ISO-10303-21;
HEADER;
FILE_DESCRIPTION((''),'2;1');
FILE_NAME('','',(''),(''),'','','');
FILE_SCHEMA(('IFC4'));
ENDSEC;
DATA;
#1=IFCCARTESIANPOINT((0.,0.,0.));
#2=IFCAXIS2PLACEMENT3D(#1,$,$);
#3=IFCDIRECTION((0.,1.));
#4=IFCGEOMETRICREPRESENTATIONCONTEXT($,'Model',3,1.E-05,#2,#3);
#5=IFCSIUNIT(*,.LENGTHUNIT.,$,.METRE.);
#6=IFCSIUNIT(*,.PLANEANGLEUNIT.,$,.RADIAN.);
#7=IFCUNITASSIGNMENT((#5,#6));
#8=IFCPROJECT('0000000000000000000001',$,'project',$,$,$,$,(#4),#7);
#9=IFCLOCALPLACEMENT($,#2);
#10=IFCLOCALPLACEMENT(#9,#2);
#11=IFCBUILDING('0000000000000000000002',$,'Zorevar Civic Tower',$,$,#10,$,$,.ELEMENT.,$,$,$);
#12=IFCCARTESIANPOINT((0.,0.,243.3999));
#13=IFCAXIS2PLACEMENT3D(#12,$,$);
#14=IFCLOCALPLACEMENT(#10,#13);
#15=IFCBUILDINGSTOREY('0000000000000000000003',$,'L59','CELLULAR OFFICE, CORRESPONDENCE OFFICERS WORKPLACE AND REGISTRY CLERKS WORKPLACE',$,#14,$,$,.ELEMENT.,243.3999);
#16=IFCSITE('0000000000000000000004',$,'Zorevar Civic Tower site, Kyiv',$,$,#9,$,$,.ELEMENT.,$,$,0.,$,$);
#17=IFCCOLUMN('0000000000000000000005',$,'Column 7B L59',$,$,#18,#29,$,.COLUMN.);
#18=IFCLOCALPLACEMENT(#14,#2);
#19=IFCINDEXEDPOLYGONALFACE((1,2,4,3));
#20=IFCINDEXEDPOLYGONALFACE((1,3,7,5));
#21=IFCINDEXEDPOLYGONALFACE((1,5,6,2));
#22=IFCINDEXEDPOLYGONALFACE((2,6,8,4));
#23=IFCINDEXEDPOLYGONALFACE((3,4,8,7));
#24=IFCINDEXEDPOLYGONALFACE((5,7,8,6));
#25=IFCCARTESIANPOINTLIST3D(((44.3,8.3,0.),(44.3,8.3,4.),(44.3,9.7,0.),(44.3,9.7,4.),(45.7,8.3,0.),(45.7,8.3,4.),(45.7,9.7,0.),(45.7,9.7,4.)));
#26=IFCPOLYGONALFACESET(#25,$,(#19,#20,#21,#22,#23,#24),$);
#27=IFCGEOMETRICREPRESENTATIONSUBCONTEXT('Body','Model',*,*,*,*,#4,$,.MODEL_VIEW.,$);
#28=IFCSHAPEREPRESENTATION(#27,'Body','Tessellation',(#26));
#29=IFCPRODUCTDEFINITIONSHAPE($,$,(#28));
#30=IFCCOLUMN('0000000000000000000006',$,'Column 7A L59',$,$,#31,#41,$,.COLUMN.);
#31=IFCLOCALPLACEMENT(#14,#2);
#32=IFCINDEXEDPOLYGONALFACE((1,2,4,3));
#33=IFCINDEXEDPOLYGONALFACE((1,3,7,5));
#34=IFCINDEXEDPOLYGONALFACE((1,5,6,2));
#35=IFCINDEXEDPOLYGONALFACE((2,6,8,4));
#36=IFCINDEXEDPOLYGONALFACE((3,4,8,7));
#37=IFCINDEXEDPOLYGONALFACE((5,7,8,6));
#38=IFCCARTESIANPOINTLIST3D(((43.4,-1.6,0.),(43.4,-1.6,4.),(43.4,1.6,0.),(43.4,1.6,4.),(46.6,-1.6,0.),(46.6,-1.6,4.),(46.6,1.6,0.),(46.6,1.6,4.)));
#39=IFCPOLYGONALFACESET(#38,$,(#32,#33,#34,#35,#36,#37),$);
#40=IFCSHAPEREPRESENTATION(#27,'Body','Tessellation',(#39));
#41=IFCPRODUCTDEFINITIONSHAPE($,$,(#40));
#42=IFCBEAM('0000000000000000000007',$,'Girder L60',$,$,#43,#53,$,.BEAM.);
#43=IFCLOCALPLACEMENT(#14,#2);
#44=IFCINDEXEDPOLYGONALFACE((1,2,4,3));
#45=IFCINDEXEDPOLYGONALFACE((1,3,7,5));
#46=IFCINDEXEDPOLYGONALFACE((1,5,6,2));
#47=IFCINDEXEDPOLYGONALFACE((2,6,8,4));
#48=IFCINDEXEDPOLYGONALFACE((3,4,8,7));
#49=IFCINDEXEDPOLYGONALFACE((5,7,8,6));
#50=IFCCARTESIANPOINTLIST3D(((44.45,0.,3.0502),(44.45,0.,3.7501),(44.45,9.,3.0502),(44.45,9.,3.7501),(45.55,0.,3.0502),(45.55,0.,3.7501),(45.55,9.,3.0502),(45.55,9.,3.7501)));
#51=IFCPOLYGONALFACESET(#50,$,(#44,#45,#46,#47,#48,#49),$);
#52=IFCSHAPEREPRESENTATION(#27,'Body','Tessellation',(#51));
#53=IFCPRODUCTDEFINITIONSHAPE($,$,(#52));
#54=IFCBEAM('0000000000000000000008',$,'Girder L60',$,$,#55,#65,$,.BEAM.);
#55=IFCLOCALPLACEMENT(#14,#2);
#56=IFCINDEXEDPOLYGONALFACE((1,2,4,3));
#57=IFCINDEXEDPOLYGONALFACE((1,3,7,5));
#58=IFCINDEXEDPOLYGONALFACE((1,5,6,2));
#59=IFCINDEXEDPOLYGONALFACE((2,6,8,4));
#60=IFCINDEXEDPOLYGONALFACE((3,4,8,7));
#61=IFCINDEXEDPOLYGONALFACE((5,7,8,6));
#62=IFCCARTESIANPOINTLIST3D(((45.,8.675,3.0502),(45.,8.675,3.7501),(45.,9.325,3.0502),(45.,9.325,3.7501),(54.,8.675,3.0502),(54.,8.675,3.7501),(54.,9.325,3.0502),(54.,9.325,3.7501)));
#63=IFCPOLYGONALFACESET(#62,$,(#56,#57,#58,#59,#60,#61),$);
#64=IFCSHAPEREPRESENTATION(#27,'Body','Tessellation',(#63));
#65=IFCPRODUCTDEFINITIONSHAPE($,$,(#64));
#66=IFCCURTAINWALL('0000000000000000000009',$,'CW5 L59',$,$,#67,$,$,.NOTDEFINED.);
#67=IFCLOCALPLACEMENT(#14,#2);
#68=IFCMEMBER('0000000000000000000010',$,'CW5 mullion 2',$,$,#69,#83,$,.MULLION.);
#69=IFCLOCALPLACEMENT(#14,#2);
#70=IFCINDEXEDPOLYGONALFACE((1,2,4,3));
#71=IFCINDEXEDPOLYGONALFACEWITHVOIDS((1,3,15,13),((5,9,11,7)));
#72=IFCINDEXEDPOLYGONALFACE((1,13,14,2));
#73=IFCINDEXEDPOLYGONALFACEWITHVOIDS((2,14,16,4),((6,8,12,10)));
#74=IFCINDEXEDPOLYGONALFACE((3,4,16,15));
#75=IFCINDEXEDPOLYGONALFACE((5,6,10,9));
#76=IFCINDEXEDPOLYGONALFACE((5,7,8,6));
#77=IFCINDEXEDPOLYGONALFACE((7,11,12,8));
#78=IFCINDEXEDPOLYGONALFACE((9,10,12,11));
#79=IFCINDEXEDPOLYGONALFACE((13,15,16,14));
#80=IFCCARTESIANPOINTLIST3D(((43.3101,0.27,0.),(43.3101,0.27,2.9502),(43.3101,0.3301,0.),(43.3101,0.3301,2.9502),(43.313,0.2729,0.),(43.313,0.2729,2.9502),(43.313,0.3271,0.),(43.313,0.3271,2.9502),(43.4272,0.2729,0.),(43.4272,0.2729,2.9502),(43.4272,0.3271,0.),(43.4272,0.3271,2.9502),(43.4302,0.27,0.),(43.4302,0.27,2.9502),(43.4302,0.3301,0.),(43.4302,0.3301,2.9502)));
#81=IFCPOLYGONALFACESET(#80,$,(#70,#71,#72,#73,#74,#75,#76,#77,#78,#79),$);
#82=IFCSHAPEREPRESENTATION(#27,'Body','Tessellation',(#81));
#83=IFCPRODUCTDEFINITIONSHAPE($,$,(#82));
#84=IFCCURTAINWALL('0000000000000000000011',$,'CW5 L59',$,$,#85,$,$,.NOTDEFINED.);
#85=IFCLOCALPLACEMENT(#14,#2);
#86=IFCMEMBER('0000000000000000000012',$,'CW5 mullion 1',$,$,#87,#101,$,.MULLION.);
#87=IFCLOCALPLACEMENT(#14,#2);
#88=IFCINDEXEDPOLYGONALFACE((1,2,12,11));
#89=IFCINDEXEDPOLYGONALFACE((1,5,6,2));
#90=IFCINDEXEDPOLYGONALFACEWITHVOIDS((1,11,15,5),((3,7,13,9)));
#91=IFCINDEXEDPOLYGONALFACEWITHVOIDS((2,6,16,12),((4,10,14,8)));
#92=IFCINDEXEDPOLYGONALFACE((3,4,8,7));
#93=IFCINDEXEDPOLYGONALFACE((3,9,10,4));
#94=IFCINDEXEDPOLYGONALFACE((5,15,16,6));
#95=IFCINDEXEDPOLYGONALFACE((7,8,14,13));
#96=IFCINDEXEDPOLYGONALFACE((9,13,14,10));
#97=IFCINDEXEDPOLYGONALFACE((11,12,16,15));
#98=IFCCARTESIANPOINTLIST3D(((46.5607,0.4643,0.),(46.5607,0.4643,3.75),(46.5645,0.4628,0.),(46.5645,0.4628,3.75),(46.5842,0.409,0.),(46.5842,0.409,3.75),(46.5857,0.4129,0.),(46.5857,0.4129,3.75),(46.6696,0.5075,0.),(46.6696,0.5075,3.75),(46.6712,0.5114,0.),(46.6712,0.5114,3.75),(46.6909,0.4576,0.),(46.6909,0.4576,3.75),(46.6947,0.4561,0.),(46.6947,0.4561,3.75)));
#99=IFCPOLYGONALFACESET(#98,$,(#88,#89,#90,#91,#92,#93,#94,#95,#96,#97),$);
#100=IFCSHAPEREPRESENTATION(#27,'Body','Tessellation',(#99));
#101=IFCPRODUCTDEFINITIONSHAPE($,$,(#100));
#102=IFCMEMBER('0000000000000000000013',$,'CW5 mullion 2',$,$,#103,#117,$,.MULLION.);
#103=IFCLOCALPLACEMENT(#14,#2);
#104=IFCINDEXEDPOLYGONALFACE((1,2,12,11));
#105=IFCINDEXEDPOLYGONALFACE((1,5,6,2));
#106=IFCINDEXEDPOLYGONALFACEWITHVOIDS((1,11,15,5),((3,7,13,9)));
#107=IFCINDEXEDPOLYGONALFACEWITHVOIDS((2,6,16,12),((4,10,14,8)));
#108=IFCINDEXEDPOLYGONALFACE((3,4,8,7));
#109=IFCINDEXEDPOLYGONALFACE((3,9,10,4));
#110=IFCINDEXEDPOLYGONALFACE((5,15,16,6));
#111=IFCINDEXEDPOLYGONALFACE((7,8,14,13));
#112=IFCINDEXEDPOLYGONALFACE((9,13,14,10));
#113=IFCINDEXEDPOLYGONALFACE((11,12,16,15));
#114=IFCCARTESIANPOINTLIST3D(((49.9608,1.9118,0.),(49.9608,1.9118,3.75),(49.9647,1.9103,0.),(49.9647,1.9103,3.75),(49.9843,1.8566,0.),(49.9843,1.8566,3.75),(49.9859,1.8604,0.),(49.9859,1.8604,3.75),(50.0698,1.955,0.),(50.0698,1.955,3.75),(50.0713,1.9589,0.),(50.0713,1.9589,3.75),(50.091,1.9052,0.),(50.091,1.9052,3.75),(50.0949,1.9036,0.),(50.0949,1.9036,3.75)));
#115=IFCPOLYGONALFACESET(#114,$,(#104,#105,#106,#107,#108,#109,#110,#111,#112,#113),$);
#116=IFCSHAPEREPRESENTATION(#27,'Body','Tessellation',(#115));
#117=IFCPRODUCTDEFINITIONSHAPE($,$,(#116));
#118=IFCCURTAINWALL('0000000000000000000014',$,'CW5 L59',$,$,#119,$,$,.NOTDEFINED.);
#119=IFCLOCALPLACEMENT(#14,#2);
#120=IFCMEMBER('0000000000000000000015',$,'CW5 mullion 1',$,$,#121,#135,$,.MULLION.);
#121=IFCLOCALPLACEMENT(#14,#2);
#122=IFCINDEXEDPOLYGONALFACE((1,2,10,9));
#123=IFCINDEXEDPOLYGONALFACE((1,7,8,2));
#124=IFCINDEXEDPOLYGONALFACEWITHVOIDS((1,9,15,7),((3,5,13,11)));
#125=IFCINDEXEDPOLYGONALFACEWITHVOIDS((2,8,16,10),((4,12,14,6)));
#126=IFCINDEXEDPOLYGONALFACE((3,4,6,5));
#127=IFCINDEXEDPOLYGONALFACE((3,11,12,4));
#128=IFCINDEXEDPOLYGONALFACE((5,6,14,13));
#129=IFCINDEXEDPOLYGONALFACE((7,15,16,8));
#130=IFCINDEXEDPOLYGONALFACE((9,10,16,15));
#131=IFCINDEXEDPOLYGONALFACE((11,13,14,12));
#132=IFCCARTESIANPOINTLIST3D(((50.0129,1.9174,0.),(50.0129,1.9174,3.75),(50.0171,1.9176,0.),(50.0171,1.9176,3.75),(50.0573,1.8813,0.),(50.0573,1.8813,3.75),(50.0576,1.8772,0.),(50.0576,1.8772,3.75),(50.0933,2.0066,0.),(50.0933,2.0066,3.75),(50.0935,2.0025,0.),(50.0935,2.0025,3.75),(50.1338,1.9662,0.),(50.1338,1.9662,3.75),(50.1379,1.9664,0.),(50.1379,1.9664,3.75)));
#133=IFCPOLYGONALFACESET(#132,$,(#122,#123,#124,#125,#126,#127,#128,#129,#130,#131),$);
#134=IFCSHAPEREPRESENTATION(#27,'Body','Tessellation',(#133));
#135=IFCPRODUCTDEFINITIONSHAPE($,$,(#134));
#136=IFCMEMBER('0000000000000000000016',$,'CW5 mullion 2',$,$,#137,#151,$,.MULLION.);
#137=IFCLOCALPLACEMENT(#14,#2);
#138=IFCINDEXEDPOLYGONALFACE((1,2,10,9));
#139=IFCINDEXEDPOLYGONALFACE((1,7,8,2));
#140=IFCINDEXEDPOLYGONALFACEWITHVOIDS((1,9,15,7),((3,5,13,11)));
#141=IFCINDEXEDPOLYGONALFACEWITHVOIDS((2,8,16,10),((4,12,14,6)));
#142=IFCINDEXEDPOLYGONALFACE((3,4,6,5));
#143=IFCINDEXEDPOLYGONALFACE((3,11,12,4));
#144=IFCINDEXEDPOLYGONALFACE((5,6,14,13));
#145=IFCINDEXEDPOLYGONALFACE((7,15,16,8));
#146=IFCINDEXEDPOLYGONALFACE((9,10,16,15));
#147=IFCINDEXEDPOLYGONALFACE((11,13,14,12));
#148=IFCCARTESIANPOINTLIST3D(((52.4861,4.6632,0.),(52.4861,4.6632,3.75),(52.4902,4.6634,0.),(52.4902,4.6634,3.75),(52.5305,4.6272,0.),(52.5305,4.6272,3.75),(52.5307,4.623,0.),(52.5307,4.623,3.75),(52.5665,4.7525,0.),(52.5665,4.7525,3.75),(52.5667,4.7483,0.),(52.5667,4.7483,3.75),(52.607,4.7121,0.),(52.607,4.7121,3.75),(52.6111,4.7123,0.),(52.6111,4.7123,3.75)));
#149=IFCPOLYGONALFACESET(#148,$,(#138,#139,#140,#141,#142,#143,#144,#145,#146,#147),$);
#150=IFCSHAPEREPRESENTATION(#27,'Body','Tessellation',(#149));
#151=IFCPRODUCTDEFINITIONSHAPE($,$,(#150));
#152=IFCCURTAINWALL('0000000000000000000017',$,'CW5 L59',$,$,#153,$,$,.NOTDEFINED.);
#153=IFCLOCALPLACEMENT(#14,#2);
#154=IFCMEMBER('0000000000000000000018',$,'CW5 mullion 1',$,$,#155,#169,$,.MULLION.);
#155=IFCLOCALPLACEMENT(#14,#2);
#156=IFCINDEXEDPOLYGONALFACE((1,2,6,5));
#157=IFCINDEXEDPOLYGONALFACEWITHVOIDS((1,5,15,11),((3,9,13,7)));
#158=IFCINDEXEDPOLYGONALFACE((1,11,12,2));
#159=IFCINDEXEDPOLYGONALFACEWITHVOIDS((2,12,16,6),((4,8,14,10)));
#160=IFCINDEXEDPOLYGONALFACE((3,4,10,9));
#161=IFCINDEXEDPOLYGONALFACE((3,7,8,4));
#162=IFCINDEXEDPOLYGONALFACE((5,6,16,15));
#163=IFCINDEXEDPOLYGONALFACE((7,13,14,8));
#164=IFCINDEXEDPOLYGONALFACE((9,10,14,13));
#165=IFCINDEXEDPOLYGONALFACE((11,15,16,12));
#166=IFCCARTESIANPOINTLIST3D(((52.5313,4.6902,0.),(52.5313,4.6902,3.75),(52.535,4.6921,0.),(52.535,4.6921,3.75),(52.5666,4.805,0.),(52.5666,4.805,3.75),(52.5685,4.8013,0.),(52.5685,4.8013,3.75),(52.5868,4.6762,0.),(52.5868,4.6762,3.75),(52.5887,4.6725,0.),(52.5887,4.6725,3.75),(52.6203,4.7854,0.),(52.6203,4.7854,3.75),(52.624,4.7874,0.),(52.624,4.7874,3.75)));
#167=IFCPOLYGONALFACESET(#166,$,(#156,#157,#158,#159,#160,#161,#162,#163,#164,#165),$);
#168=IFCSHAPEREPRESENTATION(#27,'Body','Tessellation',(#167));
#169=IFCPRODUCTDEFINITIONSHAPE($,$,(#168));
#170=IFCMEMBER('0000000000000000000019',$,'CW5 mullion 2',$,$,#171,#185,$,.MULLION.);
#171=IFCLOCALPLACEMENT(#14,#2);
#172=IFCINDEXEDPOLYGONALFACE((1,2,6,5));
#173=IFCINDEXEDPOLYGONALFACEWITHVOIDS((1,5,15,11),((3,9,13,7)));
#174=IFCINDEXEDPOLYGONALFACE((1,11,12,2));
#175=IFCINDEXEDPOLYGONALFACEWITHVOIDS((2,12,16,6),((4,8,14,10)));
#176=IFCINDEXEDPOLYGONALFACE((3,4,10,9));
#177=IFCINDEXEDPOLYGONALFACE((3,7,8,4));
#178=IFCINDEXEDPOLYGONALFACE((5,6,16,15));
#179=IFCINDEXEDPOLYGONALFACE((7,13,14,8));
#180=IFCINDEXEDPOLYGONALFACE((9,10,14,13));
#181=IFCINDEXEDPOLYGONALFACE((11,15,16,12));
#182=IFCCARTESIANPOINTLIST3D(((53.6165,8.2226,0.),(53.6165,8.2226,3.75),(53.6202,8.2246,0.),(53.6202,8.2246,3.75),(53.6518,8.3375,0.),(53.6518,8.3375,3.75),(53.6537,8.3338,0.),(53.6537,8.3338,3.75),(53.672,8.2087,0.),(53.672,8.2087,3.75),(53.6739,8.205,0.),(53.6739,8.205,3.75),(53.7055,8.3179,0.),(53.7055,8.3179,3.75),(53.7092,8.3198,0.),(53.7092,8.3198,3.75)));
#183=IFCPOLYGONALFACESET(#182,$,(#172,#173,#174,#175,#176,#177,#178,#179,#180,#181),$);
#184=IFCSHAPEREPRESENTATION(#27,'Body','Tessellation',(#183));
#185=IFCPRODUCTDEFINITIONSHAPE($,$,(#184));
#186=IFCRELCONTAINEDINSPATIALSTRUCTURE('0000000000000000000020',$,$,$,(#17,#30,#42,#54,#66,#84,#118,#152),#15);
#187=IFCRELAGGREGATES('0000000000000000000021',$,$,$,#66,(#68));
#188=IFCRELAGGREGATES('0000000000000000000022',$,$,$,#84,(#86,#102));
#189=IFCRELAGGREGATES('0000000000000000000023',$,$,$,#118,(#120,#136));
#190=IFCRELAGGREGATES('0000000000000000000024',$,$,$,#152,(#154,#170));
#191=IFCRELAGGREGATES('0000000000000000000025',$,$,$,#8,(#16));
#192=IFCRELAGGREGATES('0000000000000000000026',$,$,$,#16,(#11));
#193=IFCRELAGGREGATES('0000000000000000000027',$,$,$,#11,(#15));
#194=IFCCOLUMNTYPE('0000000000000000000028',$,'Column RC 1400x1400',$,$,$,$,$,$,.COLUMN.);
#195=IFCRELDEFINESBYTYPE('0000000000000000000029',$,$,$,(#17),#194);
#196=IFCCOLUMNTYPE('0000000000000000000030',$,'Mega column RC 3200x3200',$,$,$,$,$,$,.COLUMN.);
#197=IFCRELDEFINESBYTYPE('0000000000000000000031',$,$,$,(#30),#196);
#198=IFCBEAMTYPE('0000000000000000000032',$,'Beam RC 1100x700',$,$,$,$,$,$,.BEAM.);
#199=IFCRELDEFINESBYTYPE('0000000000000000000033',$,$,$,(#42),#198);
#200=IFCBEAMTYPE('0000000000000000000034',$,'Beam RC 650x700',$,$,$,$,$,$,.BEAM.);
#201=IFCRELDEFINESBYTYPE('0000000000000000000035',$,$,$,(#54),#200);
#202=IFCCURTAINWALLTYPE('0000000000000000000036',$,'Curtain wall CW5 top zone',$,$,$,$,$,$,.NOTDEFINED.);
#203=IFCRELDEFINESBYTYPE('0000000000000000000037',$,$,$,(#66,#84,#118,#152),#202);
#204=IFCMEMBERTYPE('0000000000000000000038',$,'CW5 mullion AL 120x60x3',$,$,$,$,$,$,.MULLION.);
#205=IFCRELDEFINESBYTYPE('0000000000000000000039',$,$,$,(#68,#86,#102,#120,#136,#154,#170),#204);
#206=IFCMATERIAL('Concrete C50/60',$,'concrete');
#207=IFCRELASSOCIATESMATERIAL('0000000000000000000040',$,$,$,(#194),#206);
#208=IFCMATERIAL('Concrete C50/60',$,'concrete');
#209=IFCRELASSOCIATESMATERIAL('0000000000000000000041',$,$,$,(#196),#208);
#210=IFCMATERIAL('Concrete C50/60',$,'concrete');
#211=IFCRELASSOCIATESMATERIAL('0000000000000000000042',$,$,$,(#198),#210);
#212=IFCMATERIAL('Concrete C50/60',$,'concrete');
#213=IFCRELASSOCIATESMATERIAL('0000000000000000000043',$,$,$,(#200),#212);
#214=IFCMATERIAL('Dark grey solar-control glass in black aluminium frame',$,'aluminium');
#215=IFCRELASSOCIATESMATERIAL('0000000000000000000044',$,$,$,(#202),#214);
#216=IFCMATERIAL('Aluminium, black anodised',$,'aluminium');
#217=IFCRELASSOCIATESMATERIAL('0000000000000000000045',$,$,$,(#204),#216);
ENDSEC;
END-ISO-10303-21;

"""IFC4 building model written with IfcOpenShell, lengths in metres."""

from ifc_helpers import new_model, si_unit, direction, frame, origin, origin_2d, place, context, subcontext, project, spatial, rectangle, hollow_rectangle, extrude, material, material_profile, profile_set, type_object, element, aggregate, save


model = new_model("IFC4")

# Units and contexts
model_context = context("Model", 3, precision=1e-05, world=origin(), true_north=direction((0.0, 1.0)))
body_context = subcontext(model_context, "Body", "Model", "MODEL_VIEW")
ifc_project = project(units=[si_unit("LENGTHUNIT", "METRE"), si_unit("PLANEANGLEUNIT", "RADIAN")], contexts=[model_context])

# Site, building, storey
site_placement = place(None, origin())
site = spatial("IfcSite", under=ifc_project, at=site_placement, Name="Zorevar Civic Tower site, Kyiv", CompositionType="ELEMENT", RefElevation=0.0)
building_placement = place(site_placement, origin())
building = spatial("IfcBuilding", under=site, at=building_placement, Name="Zorevar Civic Tower", CompositionType="ELEMENT")
storey_placement = place(building_placement, frame((0.0, 0.0, 243.3999)))
storey = spatial("IfcBuildingStorey", under=building, at=storey_placement, Name="L59", Description="CELLULAR OFFICE, CORRESPONDENCE OFFICERS WORKPLACE AND REGISTRY CLERKS WORKPLACE", CompositionType="ELEMENT", Elevation=243.3999)

# Columns
ifc_material_1 = material(Name="Concrete C50/60", Category="concrete")
ifc_material_profile_1 = material_profile(ifc_material_1, rectangle(XDim=1.3999, YDim=1.3999, at=origin_2d()), Name="RC 1400x1400")
ifc_profile_set_1 = profile_set([ifc_material_profile_1], Name="Concrete C50/60")
column_type_1 = type_object("IfcColumnType", Name="Column RC 1400x1400", PredefinedType="COLUMN", material=ifc_profile_set_1)
column_1_placement = place(storey_placement, frame((45.0, 9.0, 0.0), z_axis=(0.0, 0.0, 1.0), x_axis=(1.0, 0.0, 0.0)))
element("IfcColumn", 1, at=column_1_placement, inside=storey, type_object=column_type_1, Name="Column 7B L59", PredefinedType="COLUMN", context=body_context, shape_type="SweptSolid", body=[
    extrude(rectangle(XDim=1.3999, YDim=1.3999, at=origin_2d()), origin(), (0.0, 0.0, 1.0), 4.0),
])
ifc_material_2 = material(Name="Concrete C50/60", Category="concrete")
ifc_material_profile_2 = material_profile(ifc_material_2, rectangle(XDim=3.2, YDim=3.2, at=origin_2d()), Name="RC 3200x3200")
ifc_profile_set_2 = profile_set([ifc_material_profile_2], Name="Concrete C50/60")
column_type_2 = type_object("IfcColumnType", Name="Mega column RC 3200x3200", PredefinedType="COLUMN", material=ifc_profile_set_2)
column_2_placement = place(storey_placement, frame((45.0, 0.0, 0.0), z_axis=(0.0, 0.0, 1.0), x_axis=(1.0, 0.0, 0.0)))
element("IfcColumn", 2, at=column_2_placement, inside=storey, type_object=column_type_2, Name="Column 7A L59", PredefinedType="COLUMN", context=body_context, shape_type="SweptSolid", body=[
    extrude(rectangle(XDim=3.2, YDim=3.2, at=origin_2d()), origin(), (0.0, 0.0, 1.0), 4.0),
])

# Beams
ifc_material_3 = material(Name="Concrete C50/60", Category="concrete")
ifc_material_profile_3 = material_profile(ifc_material_3, rectangle(XDim=1.1001, YDim=0.7, at=origin_2d()), Name="RC 1100x700")
ifc_profile_set_3 = profile_set([ifc_material_profile_3], Name="Concrete C50/60")
beam_type_1 = type_object("IfcBeamType", Name="Beam RC 1100x700", PredefinedType="BEAM", material=ifc_profile_set_3)
beam_1_placement = place(storey_placement, frame((45.0, 0.0, 3.4001), z_axis=(0.0, 1.0, 0.0), x_axis=(-1.0, 0.0, 0.0)))
element("IfcBeam", 3, at=beam_1_placement, inside=storey, type_object=beam_type_1, Name="Girder L60", PredefinedType="BEAM", context=body_context, shape_type="SweptSolid", body=[
    extrude(rectangle(XDim=1.1001, YDim=0.7, at=origin_2d()), origin(), (0.0, 0.0, 1.0), 9.0),
])
ifc_material_4 = material(Name="Concrete C50/60", Category="concrete")
ifc_material_profile_4 = material_profile(ifc_material_4, rectangle(XDim=0.6499, YDim=0.7, at=origin_2d()), Name="RC 650x700")
ifc_profile_set_4 = profile_set([ifc_material_profile_4], Name="Concrete C50/60")
beam_type_2 = type_object("IfcBeamType", Name="Beam RC 650x700", PredefinedType="BEAM", material=ifc_profile_set_4)
beam_2_placement = place(storey_placement, frame((45.0, 9.0, 3.4001), z_axis=(1.0, 0.0, 0.0), x_axis=(0.0, 1.0, 0.0)))
element("IfcBeam", 4, at=beam_2_placement, inside=storey, type_object=beam_type_2, Name="Girder L60", PredefinedType="BEAM", context=body_context, shape_type="SweptSolid", body=[
    extrude(rectangle(XDim=0.6499, YDim=0.7, at=origin_2d()), origin(), (0.0, 0.0, 1.0), 9.0),
])

# Curtain wall, member
ifc_material_5 = material(Name="Dark grey solar-control glass in black aluminium frame", Category="aluminium")
curtain_wall_type = type_object("IfcCurtainWallType", Name="Curtain wall CW5 top zone", PredefinedType="NOTDEFINED", material=ifc_material_5)
curtain_wall_1_placement = place(storey_placement, origin())
curtain_wall_1 = element("IfcCurtainWall", 5, at=curtain_wall_1_placement, inside=storey, type_object=curtain_wall_type, Name="CW5 L59", PredefinedType="NOTDEFINED")
ifc_material_6 = material(Name="Aluminium, black anodised", Category="aluminium")
ifc_material_profile_5 = material_profile(ifc_material_6, hollow_rectangle(XDim=0.0601, YDim=0.1201, WallThickness=0.0029, at=origin_2d()), Name="AL 120x60x3")
ifc_profile_set_5 = profile_set([ifc_material_profile_5], Name="Aluminium, black anodised")
member_type_1 = type_object("IfcMemberType", Name="CW5 mullion AL 120x60x3", PredefinedType="MULLION", material=ifc_profile_set_5)
member_1_placement = place(storey_placement, frame((43.3701, 0.3, 0.0), z_axis=(0.0, 0.0, 1.0), x_axis=(0.0, 1.0, 0.0)))
member_1 = element("IfcMember", 6, at=member_1_placement, type_object=member_type_1, Name="CW5 mullion 2", PredefinedType="MULLION", context=body_context, shape_type="SweptSolid", body=[
    extrude(hollow_rectangle(XDim=0.0601, YDim=0.1201, WallThickness=0.0029, at=origin_2d()), origin(), (0.0, 0.0, 1.0), 2.9502),
])
aggregate(curtain_wall_1, [member_1])

# Curtain walls, members
curtain_wall_2_placement = place(storey_placement, origin())
curtain_wall_2 = element("IfcCurtainWall", 7, at=curtain_wall_2_placement, inside=storey, type_object=curtain_wall_type, Name="CW5 L59", PredefinedType="NOTDEFINED")
member_2_placement = place(storey_placement, frame((46.6277, 0.4602, 0.0), z_axis=(0.0, 0.0, 1.0), x_axis=(-0.39172, 0.920084, 0.0)))
member_2 = element("IfcMember", 8, at=member_2_placement, type_object=member_type_1, Name="CW5 mullion 1", PredefinedType="MULLION", context=body_context, shape_type="SweptSolid", body=[
    extrude(hollow_rectangle(XDim=0.0601, YDim=0.1201, WallThickness=0.0029, at=origin_2d()), origin(), (0.0, 0.0, 1.0), 3.75),
])
member_3_placement = place(storey_placement, frame((50.0278, 1.9077, 0.0), z_axis=(0.0, 0.0, 1.0), x_axis=(-0.39172, 0.920084, 0.0)))
member_3 = element("IfcMember", 9, at=member_3_placement, type_object=member_type_1, Name="CW5 mullion 2", PredefinedType="MULLION", context=body_context, shape_type="SweptSolid", body=[
    extrude(hollow_rectangle(XDim=0.0601, YDim=0.1201, WallThickness=0.0029, at=origin_2d()), origin(), (0.0, 0.0, 1.0), 3.75),
])
curtain_wall_3_placement = place(storey_placement, origin())
curtain_wall_3 = element("IfcCurtainWall", 10, at=curtain_wall_3_placement, inside=storey, type_object=curtain_wall_type, Name="CW5 L59", PredefinedType="NOTDEFINED")
member_4_placement = place(storey_placement, frame((50.0754, 1.9419, 0.0), z_axis=(0.0, 0.0, 1.0), x_axis=(-0.743045, 0.669242, 0.0)))
member_4 = element("IfcMember", 11, at=member_4_placement, type_object=member_type_1, Name="CW5 mullion 1", PredefinedType="MULLION", context=body_context, shape_type="SweptSolid", body=[
    extrude(hollow_rectangle(XDim=0.0601, YDim=0.1201, WallThickness=0.0029, at=origin_2d()), origin(), (0.0, 0.0, 1.0), 3.75),
])
member_5_placement = place(storey_placement, frame((52.5486, 4.6877, 0.0), z_axis=(0.0, 0.0, 1.0), x_axis=(-0.743045, 0.669242, 0.0)))
member_5 = element("IfcMember", 12, at=member_5_placement, type_object=member_type_1, Name="CW5 mullion 2", PredefinedType="MULLION", context=body_context, shape_type="SweptSolid", body=[
    extrude(hollow_rectangle(XDim=0.0601, YDim=0.1201, WallThickness=0.0029, at=origin_2d()), origin(), (0.0, 0.0, 1.0), 3.75),
])
curtain_wall_4_placement = place(storey_placement, origin())
curtain_wall_4 = element("IfcCurtainWall", 13, at=curtain_wall_4_placement, inside=storey, type_object=curtain_wall_type, Name="CW5 L59", PredefinedType="NOTDEFINED")
member_6_placement = place(storey_placement, frame((52.5776, 4.7388, 0.0), z_axis=(0.0, 0.0, 1.0), x_axis=(-0.9559, 0.293692, 0.0)))
member_6 = element("IfcMember", 14, at=member_6_placement, type_object=member_type_1, Name="CW5 mullion 1", PredefinedType="MULLION", context=body_context, shape_type="SweptSolid", body=[
    extrude(hollow_rectangle(XDim=0.0601, YDim=0.1201, WallThickness=0.0029, at=origin_2d()), origin(), (0.0, 0.0, 1.0), 3.75),
])
member_7_placement = place(storey_placement, frame((53.6628, 8.2712, 0.0), z_axis=(0.0, 0.0, 1.0), x_axis=(-0.9559, 0.293692, 0.0)))
member_7 = element("IfcMember", 15, at=member_7_placement, type_object=member_type_1, Name="CW5 mullion 2", PredefinedType="MULLION", context=body_context, shape_type="SweptSolid", body=[
    extrude(hollow_rectangle(XDim=0.0601, YDim=0.1201, WallThickness=0.0029, at=origin_2d()), origin(), (0.0, 0.0, 1.0), 3.75),
])

aggregate(curtain_wall_2, [member_2, member_3])
aggregate(curtain_wall_3, [member_4, member_5])
aggregate(curtain_wall_4, [member_6, member_7])

save(model, "model.ifc")
